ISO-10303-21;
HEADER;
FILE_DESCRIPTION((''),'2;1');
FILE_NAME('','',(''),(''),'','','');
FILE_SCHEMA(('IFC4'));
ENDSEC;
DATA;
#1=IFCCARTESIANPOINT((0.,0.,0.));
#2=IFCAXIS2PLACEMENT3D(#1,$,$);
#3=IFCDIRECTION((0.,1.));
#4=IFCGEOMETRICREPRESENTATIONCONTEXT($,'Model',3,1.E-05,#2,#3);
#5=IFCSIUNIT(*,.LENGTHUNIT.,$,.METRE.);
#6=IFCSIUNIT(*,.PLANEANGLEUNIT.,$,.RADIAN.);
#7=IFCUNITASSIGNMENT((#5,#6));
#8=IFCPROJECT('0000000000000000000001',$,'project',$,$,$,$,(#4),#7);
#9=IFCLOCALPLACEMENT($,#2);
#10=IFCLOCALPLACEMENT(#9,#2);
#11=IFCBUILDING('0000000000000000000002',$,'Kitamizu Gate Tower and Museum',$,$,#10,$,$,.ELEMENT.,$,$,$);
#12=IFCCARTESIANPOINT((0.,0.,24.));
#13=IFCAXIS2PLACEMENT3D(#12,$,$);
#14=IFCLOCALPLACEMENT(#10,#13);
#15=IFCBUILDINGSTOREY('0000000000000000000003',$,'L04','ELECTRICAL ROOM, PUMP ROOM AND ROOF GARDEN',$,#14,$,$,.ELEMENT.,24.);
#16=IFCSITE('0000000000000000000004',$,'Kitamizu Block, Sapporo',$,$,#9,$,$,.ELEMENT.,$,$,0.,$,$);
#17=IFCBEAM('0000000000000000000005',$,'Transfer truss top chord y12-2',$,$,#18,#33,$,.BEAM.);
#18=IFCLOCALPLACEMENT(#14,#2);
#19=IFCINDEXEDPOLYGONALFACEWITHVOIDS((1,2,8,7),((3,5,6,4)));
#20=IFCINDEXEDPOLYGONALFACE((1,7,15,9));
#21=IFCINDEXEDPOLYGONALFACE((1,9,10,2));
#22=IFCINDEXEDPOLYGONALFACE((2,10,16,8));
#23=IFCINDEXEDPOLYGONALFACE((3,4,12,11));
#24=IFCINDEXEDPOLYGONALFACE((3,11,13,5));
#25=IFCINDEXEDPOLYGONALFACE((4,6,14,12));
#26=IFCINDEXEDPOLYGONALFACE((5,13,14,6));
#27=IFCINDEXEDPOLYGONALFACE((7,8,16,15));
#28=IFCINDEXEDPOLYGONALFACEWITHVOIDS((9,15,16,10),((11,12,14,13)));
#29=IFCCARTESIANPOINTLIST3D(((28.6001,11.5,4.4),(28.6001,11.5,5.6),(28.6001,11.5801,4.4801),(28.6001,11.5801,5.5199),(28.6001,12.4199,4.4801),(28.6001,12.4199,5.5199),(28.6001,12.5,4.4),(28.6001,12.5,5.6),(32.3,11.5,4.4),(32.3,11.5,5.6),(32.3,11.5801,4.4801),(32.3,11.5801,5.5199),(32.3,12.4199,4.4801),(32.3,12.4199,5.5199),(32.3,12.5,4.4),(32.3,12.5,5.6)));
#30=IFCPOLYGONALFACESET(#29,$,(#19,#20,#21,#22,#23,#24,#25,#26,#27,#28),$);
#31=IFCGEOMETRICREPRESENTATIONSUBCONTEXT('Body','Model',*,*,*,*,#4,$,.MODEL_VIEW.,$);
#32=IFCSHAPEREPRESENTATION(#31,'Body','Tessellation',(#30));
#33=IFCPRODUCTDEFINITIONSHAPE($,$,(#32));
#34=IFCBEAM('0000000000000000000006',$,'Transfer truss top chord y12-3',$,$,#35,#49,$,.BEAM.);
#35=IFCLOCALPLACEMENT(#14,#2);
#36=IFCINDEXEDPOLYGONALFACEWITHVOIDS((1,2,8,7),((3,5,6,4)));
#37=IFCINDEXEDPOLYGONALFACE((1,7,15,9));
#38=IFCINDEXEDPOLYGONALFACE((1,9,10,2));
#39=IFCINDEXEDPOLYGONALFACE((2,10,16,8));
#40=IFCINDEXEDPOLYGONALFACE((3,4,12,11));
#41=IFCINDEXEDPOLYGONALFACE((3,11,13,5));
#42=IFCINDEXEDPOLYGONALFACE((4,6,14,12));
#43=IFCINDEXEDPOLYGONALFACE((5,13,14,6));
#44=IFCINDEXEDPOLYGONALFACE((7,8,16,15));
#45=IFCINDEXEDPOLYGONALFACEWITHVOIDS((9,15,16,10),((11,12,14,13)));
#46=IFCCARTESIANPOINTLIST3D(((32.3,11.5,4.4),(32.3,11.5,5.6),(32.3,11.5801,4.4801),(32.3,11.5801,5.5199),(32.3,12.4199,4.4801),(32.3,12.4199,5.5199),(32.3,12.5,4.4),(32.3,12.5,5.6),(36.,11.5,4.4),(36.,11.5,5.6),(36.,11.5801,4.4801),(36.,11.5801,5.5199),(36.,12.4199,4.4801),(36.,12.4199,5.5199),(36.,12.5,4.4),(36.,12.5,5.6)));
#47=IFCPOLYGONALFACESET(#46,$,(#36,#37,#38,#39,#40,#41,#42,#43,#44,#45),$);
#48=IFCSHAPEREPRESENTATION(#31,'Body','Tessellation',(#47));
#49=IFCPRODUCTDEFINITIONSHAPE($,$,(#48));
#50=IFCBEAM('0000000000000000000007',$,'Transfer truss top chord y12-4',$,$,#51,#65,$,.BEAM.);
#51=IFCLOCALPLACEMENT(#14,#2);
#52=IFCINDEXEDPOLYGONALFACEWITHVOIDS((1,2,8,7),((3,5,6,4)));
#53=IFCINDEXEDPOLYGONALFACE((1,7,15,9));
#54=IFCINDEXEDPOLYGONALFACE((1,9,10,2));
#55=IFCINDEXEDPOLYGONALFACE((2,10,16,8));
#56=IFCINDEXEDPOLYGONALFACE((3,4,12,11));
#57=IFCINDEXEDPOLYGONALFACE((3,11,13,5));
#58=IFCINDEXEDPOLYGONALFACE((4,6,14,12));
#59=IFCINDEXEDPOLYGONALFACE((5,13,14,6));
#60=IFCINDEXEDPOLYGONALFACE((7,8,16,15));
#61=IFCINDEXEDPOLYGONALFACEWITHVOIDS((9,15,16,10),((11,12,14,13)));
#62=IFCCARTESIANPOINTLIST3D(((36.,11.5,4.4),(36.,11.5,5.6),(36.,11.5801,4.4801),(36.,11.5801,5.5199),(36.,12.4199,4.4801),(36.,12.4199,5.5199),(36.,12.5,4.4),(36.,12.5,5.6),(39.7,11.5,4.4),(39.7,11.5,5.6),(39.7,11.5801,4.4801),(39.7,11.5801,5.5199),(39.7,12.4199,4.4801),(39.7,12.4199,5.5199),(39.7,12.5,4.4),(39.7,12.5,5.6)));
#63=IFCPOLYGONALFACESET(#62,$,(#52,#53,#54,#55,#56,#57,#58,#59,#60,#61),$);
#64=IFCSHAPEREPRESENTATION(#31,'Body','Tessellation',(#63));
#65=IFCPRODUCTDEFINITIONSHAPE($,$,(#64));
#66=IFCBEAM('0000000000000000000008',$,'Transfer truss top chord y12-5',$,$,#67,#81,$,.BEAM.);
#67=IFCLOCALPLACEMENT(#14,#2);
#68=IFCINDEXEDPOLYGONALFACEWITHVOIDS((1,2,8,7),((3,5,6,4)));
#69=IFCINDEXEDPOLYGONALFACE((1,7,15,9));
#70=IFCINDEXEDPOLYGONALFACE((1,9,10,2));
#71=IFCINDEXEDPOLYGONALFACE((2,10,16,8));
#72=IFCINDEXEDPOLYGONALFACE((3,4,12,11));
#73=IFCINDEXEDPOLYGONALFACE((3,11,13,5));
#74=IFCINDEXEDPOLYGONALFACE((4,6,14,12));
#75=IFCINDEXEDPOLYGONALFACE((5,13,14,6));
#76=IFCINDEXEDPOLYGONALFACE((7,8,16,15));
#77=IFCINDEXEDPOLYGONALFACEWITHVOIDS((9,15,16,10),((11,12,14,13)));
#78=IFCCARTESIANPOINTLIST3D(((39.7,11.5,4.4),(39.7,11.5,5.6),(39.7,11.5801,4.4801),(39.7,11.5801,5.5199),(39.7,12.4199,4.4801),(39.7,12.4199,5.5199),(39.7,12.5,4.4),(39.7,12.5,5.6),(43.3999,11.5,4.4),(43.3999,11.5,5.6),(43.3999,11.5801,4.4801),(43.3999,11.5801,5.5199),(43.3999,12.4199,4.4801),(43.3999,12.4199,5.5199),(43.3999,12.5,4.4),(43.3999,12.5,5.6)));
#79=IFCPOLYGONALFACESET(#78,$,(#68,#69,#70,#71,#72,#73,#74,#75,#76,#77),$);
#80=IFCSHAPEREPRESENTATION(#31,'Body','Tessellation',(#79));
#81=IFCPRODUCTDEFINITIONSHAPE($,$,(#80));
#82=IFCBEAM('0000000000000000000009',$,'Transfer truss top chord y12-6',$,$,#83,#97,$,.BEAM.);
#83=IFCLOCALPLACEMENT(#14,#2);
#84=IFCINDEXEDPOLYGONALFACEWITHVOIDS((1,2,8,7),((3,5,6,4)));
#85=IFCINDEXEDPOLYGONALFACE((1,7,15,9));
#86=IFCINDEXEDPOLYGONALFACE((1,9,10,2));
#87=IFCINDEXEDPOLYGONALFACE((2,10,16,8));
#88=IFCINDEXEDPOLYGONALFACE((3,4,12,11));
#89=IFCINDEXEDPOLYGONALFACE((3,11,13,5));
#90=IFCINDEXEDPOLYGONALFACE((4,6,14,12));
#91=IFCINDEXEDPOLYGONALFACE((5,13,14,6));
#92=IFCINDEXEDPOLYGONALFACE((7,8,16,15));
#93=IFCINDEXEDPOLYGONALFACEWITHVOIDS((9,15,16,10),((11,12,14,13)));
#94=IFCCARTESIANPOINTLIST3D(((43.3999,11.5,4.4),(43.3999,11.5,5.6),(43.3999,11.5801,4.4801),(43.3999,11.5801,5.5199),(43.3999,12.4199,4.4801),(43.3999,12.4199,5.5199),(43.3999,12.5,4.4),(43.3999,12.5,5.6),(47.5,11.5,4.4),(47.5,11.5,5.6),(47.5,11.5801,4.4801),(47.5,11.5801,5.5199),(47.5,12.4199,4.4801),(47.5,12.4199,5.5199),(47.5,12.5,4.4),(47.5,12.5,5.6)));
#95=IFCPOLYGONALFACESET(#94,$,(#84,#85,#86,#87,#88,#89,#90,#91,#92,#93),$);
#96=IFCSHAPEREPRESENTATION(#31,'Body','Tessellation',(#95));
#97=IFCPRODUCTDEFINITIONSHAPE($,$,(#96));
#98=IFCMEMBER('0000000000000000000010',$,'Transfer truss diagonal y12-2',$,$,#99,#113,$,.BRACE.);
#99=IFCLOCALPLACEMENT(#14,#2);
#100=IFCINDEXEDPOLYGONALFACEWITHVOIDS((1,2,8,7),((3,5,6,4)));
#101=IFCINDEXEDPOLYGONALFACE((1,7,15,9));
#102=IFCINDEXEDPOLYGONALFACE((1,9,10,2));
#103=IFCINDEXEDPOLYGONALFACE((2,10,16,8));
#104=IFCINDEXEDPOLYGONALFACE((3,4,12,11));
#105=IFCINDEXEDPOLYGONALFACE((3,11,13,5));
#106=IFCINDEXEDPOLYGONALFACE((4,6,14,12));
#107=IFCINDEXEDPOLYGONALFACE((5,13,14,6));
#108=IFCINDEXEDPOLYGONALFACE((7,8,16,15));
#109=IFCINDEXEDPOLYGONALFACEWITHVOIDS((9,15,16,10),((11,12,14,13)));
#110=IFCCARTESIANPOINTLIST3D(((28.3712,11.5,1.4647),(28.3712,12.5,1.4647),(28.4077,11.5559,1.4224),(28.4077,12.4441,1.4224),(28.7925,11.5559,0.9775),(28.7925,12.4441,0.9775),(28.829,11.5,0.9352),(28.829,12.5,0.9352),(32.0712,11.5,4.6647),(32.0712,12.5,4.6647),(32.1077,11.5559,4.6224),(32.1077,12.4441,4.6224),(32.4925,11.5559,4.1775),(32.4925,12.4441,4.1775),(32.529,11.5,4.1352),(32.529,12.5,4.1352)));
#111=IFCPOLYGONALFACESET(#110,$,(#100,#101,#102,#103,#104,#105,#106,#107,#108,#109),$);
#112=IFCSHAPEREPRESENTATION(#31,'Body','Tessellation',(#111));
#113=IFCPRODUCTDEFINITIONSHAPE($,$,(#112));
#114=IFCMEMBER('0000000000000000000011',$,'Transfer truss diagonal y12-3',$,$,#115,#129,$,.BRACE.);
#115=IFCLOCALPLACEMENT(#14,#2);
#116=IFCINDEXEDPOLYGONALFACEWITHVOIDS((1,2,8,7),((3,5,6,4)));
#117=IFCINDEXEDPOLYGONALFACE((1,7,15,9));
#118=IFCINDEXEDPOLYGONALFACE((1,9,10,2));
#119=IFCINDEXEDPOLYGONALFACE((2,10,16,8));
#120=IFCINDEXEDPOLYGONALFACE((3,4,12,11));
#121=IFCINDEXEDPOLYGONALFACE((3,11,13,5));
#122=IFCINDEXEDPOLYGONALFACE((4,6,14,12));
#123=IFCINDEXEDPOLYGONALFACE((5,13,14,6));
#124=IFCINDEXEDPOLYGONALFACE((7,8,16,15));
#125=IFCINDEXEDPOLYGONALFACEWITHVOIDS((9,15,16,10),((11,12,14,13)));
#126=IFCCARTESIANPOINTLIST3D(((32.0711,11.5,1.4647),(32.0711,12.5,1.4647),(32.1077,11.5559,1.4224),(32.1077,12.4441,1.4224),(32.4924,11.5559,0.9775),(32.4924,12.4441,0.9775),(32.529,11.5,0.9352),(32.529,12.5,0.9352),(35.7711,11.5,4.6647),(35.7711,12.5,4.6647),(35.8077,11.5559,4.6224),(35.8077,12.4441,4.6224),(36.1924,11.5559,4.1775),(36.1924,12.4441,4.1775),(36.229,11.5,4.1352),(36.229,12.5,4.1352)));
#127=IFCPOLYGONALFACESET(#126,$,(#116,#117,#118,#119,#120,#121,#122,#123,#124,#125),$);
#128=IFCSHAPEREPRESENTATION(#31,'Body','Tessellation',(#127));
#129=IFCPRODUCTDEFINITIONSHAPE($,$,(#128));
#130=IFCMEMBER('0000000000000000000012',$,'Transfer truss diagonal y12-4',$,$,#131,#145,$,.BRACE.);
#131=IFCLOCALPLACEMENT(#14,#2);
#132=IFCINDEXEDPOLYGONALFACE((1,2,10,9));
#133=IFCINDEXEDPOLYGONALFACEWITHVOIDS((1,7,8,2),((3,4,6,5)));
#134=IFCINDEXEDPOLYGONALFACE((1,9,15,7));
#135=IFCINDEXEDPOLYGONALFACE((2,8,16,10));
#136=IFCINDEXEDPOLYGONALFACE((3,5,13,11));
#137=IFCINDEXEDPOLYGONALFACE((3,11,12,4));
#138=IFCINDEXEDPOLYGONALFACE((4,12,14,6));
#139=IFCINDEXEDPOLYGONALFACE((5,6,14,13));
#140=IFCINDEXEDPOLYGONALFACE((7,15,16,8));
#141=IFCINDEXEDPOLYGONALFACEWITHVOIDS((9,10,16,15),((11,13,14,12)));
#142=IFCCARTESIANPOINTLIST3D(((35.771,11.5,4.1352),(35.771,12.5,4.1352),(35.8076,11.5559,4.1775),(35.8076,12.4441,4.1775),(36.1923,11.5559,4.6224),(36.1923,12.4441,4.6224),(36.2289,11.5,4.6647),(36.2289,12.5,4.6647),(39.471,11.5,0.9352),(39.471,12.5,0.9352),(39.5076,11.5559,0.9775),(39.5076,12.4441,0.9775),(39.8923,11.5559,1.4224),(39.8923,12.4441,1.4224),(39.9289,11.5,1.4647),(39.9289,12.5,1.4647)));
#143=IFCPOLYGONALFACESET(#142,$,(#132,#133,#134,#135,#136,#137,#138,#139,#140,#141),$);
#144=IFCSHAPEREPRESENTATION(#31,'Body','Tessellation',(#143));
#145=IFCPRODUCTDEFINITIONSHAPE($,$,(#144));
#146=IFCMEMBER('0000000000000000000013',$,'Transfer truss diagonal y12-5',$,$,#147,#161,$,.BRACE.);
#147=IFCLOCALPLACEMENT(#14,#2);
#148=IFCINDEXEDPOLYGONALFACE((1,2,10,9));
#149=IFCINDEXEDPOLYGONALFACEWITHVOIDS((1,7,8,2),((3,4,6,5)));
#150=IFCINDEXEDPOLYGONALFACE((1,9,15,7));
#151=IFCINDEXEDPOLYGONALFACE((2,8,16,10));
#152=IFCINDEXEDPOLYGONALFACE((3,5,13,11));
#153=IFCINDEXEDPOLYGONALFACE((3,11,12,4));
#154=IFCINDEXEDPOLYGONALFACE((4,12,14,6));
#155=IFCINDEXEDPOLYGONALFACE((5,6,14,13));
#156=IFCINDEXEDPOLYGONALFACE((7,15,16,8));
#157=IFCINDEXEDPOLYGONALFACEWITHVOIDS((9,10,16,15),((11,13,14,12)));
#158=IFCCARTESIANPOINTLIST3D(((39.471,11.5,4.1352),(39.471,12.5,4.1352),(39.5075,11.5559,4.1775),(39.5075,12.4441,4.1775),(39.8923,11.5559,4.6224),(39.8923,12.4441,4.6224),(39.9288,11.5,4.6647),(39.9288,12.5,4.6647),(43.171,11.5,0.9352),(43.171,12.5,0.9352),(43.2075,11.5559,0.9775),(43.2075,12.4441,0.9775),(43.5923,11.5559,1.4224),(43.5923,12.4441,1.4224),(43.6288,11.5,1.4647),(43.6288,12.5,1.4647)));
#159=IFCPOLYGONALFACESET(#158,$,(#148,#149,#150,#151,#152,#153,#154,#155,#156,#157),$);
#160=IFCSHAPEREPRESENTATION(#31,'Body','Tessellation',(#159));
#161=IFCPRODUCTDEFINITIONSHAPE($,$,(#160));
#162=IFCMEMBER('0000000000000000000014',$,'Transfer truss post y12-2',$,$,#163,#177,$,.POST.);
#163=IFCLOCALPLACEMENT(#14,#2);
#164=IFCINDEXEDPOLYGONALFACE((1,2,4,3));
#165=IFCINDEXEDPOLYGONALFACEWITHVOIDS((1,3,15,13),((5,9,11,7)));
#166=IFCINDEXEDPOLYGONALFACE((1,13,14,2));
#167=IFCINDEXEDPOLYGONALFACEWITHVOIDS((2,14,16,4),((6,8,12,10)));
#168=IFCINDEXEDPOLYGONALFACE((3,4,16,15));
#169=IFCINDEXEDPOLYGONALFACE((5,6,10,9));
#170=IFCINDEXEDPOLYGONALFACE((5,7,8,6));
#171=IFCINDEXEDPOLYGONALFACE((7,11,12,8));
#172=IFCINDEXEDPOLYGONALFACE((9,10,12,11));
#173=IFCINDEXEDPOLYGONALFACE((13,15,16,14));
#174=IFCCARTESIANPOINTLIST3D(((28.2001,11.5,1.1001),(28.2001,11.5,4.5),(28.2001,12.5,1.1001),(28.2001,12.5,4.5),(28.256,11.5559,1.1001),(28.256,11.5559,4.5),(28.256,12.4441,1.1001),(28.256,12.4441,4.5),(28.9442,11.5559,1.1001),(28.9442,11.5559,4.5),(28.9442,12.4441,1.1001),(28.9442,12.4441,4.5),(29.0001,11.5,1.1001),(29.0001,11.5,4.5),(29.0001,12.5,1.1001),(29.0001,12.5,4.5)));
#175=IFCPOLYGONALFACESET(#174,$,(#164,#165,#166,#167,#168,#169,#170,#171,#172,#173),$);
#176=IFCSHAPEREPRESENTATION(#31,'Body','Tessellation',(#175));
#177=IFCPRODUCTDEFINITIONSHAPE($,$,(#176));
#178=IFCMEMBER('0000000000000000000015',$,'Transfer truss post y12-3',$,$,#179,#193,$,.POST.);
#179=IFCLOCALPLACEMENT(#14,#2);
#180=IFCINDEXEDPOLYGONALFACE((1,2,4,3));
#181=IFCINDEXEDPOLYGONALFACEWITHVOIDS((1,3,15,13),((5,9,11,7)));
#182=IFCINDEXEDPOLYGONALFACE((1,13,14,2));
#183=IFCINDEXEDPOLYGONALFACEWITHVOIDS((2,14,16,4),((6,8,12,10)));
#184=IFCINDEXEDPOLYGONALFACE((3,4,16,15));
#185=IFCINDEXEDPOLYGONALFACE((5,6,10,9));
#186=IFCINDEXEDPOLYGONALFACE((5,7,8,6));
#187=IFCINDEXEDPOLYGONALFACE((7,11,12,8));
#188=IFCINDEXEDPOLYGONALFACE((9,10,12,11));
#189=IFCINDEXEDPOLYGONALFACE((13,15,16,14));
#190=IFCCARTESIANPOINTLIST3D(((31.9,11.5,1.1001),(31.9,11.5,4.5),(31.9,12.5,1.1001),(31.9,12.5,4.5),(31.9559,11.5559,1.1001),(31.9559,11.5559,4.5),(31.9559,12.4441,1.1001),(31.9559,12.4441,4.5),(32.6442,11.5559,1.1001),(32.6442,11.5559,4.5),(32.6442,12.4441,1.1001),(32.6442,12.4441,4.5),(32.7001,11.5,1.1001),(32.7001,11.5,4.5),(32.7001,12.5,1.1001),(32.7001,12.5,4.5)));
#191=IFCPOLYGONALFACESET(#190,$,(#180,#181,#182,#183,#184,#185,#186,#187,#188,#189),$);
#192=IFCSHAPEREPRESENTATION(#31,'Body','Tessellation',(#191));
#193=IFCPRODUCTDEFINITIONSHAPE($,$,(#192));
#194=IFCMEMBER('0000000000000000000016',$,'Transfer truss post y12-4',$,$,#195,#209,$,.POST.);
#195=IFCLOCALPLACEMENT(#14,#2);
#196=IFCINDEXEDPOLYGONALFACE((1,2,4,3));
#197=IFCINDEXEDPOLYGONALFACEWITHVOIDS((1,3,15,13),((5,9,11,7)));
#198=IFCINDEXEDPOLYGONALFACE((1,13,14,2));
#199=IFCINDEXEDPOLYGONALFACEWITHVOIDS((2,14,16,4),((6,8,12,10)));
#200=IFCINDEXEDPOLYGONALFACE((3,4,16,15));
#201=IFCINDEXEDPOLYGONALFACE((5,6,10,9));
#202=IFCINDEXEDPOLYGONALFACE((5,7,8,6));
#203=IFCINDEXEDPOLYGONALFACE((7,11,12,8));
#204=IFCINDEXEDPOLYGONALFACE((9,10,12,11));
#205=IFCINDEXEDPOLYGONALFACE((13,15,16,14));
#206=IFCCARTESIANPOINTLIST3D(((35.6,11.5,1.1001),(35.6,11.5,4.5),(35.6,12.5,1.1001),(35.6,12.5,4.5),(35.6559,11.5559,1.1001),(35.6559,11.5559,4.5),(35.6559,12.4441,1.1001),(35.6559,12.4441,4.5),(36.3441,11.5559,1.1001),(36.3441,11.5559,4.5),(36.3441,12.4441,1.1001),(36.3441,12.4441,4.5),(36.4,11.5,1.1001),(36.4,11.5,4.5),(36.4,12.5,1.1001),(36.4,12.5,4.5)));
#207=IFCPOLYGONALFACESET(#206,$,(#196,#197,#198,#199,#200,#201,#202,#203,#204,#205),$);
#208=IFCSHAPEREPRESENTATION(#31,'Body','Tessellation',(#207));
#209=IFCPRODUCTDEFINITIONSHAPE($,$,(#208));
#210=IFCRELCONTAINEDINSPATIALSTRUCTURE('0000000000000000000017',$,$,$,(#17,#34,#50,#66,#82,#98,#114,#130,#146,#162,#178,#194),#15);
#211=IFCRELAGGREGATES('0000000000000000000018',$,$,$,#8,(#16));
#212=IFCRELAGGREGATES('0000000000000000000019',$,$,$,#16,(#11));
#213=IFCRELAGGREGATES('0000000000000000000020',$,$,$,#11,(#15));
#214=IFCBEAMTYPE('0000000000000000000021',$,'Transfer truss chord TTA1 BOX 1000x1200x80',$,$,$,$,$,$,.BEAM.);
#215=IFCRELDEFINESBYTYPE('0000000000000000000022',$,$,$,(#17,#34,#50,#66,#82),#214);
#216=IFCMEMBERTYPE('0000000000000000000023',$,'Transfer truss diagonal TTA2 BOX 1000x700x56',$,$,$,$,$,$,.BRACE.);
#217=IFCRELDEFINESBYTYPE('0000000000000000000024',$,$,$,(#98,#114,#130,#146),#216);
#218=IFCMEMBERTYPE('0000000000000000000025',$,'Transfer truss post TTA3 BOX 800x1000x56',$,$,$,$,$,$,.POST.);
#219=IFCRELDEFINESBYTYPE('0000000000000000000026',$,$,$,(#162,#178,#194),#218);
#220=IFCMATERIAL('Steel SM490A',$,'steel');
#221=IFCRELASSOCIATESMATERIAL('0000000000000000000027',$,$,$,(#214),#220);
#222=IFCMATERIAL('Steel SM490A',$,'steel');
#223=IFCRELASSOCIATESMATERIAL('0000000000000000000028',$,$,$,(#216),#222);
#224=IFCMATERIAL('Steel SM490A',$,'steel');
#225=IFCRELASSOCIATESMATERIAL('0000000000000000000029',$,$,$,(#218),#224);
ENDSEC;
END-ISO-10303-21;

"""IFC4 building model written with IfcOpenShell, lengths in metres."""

from ifc_helpers import new_model, si_unit, direction, frame, origin, origin_2d, place, context, subcontext, project, spatial, hollow_rectangle, extrude, material, material_profile, profile_set, type_object, element, save


model = new_model("IFC4")

# Units and contexts
model_context = context("Model", 3, precision=1e-05, world=origin(), true_north=direction((0.0, 1.0)))
body_context = subcontext(model_context, "Body", "Model", "MODEL_VIEW")
ifc_project = project(units=[si_unit("LENGTHUNIT", "METRE"), si_unit("PLANEANGLEUNIT", "RADIAN")], contexts=[model_context])

# Site, building, storey
site_placement = place(None, origin())
site = spatial("IfcSite", under=ifc_project, at=site_placement, Name="Kitamizu Block, Sapporo", CompositionType="ELEMENT", RefElevation=0.0)
building_placement = place(site_placement, origin())
building = spatial("IfcBuilding", under=site, at=building_placement, Name="Kitamizu Gate Tower and Museum", CompositionType="ELEMENT")
storey_placement = place(building_placement, frame((0.0, 0.0, 24.0)))
storey = spatial("IfcBuildingStorey", under=building, at=storey_placement, Name="L04", Description="ELECTRICAL ROOM, PUMP ROOM AND ROOF GARDEN", CompositionType="ELEMENT", Elevation=24.0)

# Beams
ifc_material_1 = material(Name="Steel SM490A", Category="steel")
ifc_material_profile_1 = material_profile(ifc_material_1, hollow_rectangle(XDim=1.0, YDim=1.2, WallThickness=0.0801, at=origin_2d()), Name="BOX 1000x1200x80")
ifc_profile_set_1 = profile_set([ifc_material_profile_1], Name="Steel SM490A")
beam_type = type_object("IfcBeamType", Name="Transfer truss chord TTA1 BOX 1000x1200x80", PredefinedType="BEAM", material=ifc_profile_set_1)
for number, where, z_axis, x_axis, name in (
    (1, (28.6001, 12.0, 5.0), (1.0, 0.0, 0.0), (0.0, 1.0, 0.0), "Transfer truss top chord y12-2"),
    (2, (32.3, 12.0, 5.0), (1.0, 0.0, 0.0), (0.0, 1.0, 0.0), "Transfer truss top chord y12-3"),
    (3, (36.0, 12.0, 5.0), (1.0, 0.0, 0.0), (0.0, 1.0, 0.0), "Transfer truss top chord y12-4"),
    (4, (39.7, 12.0, 5.0), (1.0, 0.0, 0.0), (0.0, 1.0, 0.0), "Transfer truss top chord y12-5"),
):
    element("IfcBeam", number, at=place(storey_placement, frame(where, z_axis=z_axis, x_axis=x_axis)), inside=storey, type_object=beam_type, Name=name, PredefinedType="BEAM", context=body_context, shape_type="SweptSolid", body=[
        extrude(hollow_rectangle(XDim=1.0, YDim=1.2, WallThickness=0.0801, at=origin_2d()), origin(), (0.0, 0.0, 1.0), 3.7),
    ])
beam_placement = place(storey_placement, frame((43.3999, 12.0, 5.0), z_axis=(1.0, 0.0, 0.0), x_axis=(0.0, 1.0, 0.0)))
element("IfcBeam", 5, at=beam_placement, inside=storey, type_object=beam_type, Name="Transfer truss top chord y12-6", PredefinedType="BEAM", context=body_context, shape_type="SweptSolid", body=[
    extrude(hollow_rectangle(XDim=1.0, YDim=1.2, WallThickness=0.0801, at=origin_2d()), origin(), (0.0, 0.0, 1.0), 4.1001),
])

# Members
ifc_material_2 = material(Name="Steel SM490A", Category="steel")
ifc_material_profile_2 = material_profile(ifc_material_2, hollow_rectangle(XDim=1.0, YDim=0.7, WallThickness=0.0559, at=origin_2d()), Name="BOX 1000x700x56")
ifc_profile_set_2 = profile_set([ifc_material_profile_2], Name="Steel SM490A")
member_type_1 = type_object("IfcMemberType", Name="Transfer truss diagonal TTA2 BOX 1000x700x56", PredefinedType="BRACE", material=ifc_profile_set_2)
for number, where, z_axis, x_axis, name in (
    (6, (28.6001, 12.0, 1.2), (0.756364, 0.0, 0.654151), (0.0, 1.0, 0.0), "Transfer truss diagonal y12-2"),
    (7, (32.3, 12.0, 1.2), (0.756364, 0.0, 0.654151), (0.0, 1.0, 0.0), "Transfer truss diagonal y12-3"),
    (8, (39.7, 12.0, 1.2), (-0.756364, 0.0, 0.654151), (0.0, -1.0, 0.0), "Transfer truss diagonal y12-4"),
    (9, (43.3999, 12.0, 1.2), (-0.756364, 0.0, 0.654151), (0.0, -1.0, 0.0), "Transfer truss diagonal y12-5"),
):
    element("IfcMember", number, at=place(storey_placement, frame(where, z_axis=z_axis, x_axis=x_axis)), inside=storey, type_object=member_type_1, Name=name, PredefinedType="BRACE", context=body_context, shape_type="SweptSolid", body=[
        extrude(hollow_rectangle(XDim=1.0, YDim=0.7, WallThickness=0.0559, at=origin_2d()), origin(), (0.0, 0.0, 1.0), 4.8918),
    ])
ifc_material_3 = material(Name="Steel SM490A", Category="steel")
ifc_material_profile_3 = material_profile(ifc_material_3, hollow_rectangle(XDim=0.8, YDim=1.0, WallThickness=0.0559, at=origin_2d()), Name="BOX 800x1000x56")
ifc_profile_set_3 = profile_set([ifc_material_profile_3], Name="Steel SM490A")
member_type_2 = type_object("IfcMemberType", Name="Transfer truss post TTA3 BOX 800x1000x56", PredefinedType="POST", material=ifc_profile_set_3)
for number, where, z_axis, x_axis, name in (
    (10, (28.6001, 12.0, 1.1001), (0.0, 0.0, 1.0), (1.0, 0.0, 0.0), "Transfer truss post y12-2"),
    (11, (32.3, 12.0, 1.1001), (0.0, 0.0, 1.0), (1.0, 0.0, 0.0), "Transfer truss post y12-3"),
    (12, (36.0, 12.0, 1.1001), (0.0, 0.0, 1.0), (1.0, 0.0, 0.0), "Transfer truss post y12-4"),
):
    element("IfcMember", number, at=place(storey_placement, frame(where, z_axis=z_axis, x_axis=x_axis)), inside=storey, type_object=member_type_2, Name=name, PredefinedType="POST", context=body_context, shape_type="SweptSolid", body=[
        extrude(hollow_rectangle(XDim=0.8, YDim=1.0, WallThickness=0.0559, at=origin_2d()), origin(), (0.0, 0.0, 1.0), 3.3999),
    ])

save(model, "model.ifc")
